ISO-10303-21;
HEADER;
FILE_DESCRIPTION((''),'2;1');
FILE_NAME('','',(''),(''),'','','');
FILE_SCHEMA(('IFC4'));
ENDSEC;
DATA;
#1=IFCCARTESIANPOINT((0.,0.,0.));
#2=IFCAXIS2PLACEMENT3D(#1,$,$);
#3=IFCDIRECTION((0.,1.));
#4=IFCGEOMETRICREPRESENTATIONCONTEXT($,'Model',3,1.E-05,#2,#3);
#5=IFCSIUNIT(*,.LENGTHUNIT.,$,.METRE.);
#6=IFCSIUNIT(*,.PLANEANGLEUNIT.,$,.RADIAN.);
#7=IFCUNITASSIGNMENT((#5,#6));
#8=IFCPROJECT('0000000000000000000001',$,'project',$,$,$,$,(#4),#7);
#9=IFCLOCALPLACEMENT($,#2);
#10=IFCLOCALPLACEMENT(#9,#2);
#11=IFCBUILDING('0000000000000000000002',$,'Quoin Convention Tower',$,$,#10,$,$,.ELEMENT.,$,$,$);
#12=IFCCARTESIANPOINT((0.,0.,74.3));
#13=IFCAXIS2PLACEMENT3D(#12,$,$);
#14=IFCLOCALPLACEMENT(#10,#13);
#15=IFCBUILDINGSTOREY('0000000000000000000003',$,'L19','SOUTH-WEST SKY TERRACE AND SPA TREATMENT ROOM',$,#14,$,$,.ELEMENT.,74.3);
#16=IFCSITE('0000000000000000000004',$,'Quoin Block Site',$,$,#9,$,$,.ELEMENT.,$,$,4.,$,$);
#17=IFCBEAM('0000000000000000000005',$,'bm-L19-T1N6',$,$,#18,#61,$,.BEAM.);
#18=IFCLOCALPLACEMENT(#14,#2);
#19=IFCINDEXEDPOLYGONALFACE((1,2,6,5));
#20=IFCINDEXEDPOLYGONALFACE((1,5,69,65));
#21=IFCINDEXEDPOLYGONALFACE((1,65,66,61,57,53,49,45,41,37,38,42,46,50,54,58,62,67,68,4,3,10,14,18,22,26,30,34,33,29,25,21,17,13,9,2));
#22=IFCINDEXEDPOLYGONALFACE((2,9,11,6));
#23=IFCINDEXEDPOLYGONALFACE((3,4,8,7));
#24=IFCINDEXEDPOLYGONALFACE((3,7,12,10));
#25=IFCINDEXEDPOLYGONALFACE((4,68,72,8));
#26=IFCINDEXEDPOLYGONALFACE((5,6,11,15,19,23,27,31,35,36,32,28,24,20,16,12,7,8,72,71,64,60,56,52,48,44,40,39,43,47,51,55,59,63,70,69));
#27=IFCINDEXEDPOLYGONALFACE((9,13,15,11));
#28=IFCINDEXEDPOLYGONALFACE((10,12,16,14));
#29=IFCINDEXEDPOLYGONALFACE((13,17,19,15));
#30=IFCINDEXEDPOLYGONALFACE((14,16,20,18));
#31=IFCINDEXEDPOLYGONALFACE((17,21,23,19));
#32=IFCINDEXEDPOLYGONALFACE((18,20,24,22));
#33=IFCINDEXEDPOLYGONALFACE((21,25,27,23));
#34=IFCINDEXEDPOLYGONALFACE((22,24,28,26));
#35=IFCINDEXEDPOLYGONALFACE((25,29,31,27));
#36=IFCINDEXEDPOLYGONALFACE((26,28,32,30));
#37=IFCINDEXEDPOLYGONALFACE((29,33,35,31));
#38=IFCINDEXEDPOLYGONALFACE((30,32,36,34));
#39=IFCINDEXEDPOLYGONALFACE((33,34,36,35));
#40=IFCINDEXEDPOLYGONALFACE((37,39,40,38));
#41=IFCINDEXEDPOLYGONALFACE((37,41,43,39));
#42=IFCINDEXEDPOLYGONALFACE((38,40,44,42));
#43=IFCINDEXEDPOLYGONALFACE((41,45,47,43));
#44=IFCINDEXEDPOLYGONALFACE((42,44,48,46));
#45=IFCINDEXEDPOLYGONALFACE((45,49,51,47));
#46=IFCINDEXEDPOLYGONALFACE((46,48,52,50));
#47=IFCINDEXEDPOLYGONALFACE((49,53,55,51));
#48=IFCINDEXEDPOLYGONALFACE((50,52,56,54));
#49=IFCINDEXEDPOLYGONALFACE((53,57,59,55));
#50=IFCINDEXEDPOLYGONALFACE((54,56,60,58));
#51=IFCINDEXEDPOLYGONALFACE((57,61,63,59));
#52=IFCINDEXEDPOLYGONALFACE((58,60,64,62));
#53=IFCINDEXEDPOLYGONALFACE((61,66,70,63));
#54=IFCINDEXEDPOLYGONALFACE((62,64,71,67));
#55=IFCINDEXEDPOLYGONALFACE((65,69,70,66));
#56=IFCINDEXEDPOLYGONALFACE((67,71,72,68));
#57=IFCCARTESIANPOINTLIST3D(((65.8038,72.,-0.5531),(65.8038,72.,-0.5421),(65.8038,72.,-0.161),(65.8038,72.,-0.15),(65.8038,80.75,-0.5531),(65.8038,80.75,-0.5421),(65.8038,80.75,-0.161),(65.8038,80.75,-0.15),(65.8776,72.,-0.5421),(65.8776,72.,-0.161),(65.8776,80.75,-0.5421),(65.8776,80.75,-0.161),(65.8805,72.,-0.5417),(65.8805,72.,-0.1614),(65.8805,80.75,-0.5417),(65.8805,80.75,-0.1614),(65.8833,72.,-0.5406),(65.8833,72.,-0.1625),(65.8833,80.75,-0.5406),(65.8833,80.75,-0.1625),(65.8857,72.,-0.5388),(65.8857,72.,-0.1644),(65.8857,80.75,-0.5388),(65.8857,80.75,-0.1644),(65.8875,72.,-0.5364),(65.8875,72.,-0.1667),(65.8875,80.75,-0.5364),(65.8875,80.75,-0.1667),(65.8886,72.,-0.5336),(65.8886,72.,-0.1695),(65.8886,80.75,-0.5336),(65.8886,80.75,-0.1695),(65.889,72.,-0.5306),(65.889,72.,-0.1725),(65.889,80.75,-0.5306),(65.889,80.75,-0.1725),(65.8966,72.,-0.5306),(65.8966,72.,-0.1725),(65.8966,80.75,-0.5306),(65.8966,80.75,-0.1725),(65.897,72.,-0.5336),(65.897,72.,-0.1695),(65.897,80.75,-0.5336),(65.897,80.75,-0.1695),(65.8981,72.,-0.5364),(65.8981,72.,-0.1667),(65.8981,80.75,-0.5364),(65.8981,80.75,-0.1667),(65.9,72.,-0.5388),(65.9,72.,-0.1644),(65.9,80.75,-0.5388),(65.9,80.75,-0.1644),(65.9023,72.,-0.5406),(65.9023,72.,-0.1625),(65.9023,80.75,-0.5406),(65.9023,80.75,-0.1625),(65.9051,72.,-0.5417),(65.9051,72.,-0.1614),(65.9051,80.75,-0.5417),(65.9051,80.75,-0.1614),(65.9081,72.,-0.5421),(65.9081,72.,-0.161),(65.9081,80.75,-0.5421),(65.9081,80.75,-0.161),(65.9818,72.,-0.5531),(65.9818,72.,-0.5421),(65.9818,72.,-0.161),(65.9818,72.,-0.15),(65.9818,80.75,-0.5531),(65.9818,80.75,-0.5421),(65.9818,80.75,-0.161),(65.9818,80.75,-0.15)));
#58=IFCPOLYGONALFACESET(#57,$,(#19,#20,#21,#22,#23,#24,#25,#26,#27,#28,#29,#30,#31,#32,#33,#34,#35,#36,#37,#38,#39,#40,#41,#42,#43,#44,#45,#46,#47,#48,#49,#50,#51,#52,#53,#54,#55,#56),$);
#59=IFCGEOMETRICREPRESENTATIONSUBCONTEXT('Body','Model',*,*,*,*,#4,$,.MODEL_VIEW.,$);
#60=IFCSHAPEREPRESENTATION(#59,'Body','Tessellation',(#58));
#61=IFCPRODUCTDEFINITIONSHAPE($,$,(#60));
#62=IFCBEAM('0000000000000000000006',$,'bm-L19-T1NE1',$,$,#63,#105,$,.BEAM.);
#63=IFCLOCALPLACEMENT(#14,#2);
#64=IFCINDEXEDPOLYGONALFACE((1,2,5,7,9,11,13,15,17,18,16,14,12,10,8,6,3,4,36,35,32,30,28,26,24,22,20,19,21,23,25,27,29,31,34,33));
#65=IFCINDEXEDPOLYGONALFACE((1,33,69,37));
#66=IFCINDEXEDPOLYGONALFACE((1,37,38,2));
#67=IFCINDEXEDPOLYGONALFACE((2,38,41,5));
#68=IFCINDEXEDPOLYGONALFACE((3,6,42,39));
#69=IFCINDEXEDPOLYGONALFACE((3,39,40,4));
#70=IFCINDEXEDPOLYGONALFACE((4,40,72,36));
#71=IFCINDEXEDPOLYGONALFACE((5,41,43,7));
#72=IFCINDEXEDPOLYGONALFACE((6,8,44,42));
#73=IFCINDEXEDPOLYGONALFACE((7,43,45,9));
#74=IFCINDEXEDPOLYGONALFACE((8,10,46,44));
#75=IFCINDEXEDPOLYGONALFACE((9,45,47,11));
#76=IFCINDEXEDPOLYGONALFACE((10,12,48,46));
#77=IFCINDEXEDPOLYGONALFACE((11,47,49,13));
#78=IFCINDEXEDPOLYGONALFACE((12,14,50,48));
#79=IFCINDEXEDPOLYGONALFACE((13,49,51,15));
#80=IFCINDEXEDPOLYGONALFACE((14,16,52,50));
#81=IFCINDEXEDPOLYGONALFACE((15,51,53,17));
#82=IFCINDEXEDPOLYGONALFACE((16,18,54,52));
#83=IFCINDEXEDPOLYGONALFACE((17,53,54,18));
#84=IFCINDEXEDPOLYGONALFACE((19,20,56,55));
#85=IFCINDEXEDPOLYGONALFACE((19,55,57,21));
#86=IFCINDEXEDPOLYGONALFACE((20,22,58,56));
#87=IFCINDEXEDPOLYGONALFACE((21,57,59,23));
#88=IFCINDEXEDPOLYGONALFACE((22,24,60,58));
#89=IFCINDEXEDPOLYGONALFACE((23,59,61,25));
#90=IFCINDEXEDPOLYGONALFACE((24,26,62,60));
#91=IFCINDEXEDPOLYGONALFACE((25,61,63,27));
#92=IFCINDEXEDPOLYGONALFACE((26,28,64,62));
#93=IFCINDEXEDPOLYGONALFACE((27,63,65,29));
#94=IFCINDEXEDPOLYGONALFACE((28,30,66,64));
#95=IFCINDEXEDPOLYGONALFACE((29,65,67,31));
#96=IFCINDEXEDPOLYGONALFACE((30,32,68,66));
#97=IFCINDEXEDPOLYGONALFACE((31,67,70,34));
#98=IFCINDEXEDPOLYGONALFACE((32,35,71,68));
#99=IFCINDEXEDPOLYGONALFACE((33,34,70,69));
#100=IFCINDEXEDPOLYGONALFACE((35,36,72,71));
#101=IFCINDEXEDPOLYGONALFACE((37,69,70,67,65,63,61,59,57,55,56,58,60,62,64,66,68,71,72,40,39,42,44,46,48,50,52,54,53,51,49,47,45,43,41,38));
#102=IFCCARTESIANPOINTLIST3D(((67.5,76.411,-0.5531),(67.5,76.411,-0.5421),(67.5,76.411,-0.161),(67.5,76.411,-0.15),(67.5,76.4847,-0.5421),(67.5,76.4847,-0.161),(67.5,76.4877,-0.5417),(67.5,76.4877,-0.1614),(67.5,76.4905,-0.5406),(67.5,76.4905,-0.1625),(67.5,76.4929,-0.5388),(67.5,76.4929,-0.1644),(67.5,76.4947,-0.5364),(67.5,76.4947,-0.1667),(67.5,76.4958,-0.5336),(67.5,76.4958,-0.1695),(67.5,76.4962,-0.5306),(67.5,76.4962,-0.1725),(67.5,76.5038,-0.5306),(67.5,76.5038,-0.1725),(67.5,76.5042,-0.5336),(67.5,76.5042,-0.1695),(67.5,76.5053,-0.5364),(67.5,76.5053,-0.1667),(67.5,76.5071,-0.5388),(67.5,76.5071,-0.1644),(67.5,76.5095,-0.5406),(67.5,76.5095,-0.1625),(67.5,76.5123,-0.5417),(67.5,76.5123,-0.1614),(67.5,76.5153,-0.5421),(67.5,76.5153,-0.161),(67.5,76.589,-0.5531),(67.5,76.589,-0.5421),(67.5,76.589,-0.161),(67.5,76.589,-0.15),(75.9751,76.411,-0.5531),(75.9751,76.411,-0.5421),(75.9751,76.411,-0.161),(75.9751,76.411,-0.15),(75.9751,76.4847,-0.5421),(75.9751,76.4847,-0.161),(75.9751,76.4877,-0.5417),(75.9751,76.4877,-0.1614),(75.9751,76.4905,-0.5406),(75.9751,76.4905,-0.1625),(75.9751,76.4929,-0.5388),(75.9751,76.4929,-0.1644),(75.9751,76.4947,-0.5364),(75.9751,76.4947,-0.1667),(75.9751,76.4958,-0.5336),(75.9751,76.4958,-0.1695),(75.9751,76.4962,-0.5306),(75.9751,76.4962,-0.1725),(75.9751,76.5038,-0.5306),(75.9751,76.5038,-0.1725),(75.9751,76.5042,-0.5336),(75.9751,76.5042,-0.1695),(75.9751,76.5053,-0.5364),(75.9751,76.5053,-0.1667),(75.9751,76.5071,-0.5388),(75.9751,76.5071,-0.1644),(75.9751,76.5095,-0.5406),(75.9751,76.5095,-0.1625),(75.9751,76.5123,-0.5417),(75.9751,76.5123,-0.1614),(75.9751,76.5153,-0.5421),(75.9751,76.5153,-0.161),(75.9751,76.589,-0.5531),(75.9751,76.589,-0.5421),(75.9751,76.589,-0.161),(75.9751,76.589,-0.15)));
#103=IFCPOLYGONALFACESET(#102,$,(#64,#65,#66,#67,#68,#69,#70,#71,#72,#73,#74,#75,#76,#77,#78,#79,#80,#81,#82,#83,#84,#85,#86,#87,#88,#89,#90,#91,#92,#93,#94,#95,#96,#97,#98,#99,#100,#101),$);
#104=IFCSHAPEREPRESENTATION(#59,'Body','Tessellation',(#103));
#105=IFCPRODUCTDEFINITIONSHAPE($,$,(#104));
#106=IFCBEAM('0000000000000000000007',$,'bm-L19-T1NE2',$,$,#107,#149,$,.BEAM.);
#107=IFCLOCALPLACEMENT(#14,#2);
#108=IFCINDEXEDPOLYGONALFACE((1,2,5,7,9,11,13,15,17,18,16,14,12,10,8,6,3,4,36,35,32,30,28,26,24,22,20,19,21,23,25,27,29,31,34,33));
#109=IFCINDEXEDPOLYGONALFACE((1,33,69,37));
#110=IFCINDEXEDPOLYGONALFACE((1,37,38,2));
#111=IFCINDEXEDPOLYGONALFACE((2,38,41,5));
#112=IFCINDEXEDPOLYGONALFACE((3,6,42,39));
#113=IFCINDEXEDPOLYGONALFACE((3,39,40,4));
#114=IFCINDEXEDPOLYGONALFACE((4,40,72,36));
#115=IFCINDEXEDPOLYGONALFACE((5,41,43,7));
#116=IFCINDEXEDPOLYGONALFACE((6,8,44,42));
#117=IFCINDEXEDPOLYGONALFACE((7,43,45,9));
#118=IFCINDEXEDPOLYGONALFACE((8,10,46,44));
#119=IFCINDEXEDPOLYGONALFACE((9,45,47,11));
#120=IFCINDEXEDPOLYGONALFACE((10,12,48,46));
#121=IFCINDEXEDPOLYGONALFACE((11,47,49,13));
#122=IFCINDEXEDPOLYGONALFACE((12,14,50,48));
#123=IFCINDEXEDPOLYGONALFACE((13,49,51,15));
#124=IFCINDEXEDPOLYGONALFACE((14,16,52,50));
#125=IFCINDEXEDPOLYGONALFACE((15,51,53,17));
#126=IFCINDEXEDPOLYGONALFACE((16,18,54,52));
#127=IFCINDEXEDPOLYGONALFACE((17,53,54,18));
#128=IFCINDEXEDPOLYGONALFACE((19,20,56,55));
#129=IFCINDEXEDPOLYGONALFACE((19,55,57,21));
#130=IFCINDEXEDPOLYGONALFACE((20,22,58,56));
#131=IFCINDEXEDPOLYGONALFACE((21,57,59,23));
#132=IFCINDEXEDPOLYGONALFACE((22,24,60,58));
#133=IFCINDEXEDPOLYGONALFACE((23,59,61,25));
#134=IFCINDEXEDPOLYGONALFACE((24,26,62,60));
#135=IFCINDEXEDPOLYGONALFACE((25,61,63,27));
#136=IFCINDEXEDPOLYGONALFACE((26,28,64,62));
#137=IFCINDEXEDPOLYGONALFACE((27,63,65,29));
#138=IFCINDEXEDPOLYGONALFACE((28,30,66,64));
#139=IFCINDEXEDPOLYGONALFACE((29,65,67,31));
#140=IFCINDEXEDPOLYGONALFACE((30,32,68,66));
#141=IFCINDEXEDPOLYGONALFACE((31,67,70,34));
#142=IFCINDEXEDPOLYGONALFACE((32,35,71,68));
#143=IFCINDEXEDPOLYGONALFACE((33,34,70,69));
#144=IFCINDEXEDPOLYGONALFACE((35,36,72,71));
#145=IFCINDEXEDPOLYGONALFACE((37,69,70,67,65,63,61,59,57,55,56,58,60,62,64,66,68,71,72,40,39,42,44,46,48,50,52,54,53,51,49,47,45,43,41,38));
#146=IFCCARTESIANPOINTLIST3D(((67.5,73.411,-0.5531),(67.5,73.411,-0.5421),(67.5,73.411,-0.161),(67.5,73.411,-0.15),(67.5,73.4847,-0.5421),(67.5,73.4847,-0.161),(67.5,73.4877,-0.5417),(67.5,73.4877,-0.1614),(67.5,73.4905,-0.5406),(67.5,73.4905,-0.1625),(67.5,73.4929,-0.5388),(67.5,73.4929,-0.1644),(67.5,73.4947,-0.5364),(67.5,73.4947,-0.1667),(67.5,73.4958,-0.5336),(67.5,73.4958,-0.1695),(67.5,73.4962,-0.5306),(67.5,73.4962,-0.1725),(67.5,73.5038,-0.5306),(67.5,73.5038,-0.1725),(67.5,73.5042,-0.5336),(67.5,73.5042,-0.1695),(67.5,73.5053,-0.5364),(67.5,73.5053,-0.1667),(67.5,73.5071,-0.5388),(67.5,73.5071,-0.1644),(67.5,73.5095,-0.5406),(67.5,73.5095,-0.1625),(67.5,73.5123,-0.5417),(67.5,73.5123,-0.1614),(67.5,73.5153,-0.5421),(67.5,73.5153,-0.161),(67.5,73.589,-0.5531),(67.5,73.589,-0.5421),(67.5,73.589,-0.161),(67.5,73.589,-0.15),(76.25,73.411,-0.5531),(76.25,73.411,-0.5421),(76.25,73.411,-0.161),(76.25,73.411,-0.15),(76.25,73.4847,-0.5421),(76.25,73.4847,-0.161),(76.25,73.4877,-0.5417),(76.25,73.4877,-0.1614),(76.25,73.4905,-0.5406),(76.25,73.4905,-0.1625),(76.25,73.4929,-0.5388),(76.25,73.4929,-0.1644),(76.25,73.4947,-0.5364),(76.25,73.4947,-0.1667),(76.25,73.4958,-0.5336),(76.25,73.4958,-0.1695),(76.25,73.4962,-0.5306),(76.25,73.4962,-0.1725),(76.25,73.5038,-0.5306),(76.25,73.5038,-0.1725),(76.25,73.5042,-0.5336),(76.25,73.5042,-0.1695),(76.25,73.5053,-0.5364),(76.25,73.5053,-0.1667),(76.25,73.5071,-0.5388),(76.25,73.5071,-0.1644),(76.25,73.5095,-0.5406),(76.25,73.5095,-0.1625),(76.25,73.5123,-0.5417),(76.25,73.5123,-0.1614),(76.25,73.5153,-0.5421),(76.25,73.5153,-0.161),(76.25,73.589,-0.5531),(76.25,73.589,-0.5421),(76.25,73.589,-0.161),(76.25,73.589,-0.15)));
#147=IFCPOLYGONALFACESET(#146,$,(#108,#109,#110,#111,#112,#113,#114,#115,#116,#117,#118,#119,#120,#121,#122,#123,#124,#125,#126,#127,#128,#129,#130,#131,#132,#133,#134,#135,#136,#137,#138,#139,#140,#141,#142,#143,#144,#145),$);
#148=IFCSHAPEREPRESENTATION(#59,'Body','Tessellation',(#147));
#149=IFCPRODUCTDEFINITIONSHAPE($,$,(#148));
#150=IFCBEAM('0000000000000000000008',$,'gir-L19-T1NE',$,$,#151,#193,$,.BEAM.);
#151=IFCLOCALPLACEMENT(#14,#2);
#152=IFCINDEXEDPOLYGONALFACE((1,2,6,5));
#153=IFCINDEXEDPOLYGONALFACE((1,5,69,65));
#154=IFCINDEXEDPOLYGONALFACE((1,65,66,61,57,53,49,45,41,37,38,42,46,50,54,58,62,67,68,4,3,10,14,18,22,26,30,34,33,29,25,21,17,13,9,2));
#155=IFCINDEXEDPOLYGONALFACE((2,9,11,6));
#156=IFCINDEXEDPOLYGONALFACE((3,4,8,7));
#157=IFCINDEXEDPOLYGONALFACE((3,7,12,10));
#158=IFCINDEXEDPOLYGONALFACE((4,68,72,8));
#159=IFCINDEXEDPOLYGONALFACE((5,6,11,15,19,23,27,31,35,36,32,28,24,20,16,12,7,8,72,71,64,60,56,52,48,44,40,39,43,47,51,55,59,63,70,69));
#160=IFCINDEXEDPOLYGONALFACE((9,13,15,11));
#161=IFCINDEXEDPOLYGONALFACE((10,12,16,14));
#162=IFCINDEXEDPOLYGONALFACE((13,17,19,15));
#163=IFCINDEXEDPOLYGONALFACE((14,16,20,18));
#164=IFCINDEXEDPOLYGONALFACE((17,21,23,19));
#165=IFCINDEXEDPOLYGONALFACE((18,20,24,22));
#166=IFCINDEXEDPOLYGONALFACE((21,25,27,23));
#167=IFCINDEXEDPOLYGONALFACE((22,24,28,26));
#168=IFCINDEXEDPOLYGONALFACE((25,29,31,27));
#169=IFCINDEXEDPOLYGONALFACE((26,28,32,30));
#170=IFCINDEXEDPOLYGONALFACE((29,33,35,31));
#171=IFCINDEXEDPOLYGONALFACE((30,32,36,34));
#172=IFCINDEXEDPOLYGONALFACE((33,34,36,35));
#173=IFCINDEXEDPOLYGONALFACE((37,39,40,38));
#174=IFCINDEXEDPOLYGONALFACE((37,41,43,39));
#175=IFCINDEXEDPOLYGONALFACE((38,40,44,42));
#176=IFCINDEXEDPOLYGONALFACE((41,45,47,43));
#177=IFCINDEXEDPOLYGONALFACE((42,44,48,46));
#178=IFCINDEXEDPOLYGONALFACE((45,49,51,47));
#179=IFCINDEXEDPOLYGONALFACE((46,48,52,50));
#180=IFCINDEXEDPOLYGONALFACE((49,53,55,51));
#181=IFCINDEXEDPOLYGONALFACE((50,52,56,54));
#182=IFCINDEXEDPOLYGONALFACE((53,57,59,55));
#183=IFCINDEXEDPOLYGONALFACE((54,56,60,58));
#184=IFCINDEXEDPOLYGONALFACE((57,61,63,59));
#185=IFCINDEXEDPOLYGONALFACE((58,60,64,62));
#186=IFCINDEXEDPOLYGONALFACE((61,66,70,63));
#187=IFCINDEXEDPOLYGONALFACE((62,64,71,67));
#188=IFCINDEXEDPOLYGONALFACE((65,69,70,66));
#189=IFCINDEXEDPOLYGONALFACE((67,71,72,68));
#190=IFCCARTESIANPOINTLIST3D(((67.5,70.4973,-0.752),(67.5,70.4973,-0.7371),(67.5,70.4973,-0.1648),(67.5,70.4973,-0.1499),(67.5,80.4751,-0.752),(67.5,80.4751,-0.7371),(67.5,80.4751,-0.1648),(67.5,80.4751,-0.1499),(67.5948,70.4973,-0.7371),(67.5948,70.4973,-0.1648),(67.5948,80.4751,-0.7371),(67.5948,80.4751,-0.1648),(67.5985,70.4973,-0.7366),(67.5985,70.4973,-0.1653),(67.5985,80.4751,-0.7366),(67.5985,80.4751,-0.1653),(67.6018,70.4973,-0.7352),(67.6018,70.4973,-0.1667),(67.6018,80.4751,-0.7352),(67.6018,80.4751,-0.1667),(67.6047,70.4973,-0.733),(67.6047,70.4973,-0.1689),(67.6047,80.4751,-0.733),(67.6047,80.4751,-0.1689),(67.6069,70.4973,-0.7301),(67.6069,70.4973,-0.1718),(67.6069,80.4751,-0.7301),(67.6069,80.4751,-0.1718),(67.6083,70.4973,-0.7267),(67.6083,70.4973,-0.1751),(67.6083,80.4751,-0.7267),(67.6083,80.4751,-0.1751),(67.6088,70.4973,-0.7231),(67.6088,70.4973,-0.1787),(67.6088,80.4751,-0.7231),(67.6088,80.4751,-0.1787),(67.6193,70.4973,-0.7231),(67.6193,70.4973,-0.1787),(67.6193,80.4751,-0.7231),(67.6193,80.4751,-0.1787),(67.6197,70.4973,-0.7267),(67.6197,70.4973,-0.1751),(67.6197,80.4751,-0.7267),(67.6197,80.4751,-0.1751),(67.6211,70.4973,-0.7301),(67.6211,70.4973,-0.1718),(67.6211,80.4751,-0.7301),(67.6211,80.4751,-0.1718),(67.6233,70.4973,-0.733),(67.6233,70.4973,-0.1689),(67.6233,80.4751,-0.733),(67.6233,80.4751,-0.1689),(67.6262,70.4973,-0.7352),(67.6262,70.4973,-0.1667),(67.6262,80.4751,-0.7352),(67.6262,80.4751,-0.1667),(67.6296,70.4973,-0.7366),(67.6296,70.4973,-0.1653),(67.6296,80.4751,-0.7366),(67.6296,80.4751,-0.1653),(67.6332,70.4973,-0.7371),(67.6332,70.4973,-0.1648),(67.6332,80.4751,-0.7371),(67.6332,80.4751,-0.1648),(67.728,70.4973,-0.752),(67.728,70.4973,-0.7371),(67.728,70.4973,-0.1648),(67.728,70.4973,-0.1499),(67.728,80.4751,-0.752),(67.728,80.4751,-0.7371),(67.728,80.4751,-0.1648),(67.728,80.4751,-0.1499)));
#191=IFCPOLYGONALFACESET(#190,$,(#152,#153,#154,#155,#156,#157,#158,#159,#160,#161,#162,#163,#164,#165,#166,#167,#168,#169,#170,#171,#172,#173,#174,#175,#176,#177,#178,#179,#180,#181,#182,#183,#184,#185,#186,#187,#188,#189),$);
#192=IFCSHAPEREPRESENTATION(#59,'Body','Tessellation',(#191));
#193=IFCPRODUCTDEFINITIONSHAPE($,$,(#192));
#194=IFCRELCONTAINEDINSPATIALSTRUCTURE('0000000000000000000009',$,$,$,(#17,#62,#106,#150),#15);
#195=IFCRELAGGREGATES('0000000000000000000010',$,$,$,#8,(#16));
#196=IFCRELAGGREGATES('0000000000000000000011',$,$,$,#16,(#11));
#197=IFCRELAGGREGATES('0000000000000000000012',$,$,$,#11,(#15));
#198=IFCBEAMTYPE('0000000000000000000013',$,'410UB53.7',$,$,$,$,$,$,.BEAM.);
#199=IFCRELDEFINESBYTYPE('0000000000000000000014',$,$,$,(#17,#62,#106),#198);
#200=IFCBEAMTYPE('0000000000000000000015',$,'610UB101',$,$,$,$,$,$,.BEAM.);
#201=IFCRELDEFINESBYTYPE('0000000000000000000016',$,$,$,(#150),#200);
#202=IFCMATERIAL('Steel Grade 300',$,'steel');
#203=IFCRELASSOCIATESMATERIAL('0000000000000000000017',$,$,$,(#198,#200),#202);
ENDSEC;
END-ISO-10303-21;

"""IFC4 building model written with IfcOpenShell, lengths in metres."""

from ifc_helpers import new_model, si_unit, direction, frame, origin, origin_2d, place, context, subcontext, project, spatial, i_section, extrude, material, material_profile, profile_set, type_object, element, save


model = new_model("IFC4")

# Units and contexts
model_context = context("Model", 3, precision=1e-05, world=origin(), true_north=direction((0.0, 1.0)))
body_context = subcontext(model_context, "Body", "Model", "MODEL_VIEW")
ifc_project = project(units=[si_unit("LENGTHUNIT", "METRE"), si_unit("PLANEANGLEUNIT", "RADIAN")], contexts=[model_context])

# Site, building, storey
site_placement = place(None, origin())
site = spatial("IfcSite", under=ifc_project, at=site_placement, Name="Quoin Block Site", CompositionType="ELEMENT", RefElevation=4.0)
building_placement = place(site_placement, origin())
building = spatial("IfcBuilding", under=site, at=building_placement, Name="Quoin Convention Tower", CompositionType="ELEMENT")
storey_placement = place(building_placement, frame((0.0, 0.0, 74.3)))
storey = spatial("IfcBuildingStorey", under=building, at=storey_placement, Name="L19", Description="SOUTH-WEST SKY TERRACE AND SPA TREATMENT ROOM", CompositionType="ELEMENT", Elevation=74.3)

# Beams
ifc_material_1 = material(Name="Steel Grade 300", Category="steel")
ifc_material_profile_1 = material_profile(ifc_material_1, i_section(OverallWidth=0.178, OverallDepth=0.4031, WebThickness=0.0076, FlangeThickness=0.011, FilletRadius=0.0115, at=origin_2d()), Name="410UB53.7")
ifc_profile_set_1 = profile_set([ifc_material_profile_1], Name="Steel Grade 300")
beam_type_1 = type_object("IfcBeamType", Name="410UB53.7", PredefinedType="BEAM", material=ifc_profile_set_1)
beam_1_placement = place(storey_placement, frame((65.8928, 72.0, -0.3516), z_axis=(0.0, 1.0, 0.0), x_axis=(-1.0, 0.0, 0.0)))
element("IfcBeam", 1, at=beam_1_placement, inside=storey, type_object=beam_type_1, Name="bm-L19-T1N6", PredefinedType="BEAM", context=body_context, shape_type="SweptSolid", body=[
    extrude(i_section(OverallWidth=0.178, OverallDepth=0.4031, WebThickness=0.0076, FlangeThickness=0.011, FilletRadius=0.0115, at=origin_2d()), origin(), (0.0, 0.0, 1.0), 8.75),
])
beam_2_placement = place(storey_placement, frame((67.5, 76.5, -0.3516), z_axis=(1.0, 0.0, 0.0), x_axis=(0.0, 1.0, 0.0)))
element("IfcBeam", 2, at=beam_2_placement, inside=storey, type_object=beam_type_1, Name="bm-L19-T1NE1", PredefinedType="BEAM", context=body_context, shape_type="SweptSolid", body=[
    extrude(i_section(OverallWidth=0.178, OverallDepth=0.4031, WebThickness=0.0076, FlangeThickness=0.011, FilletRadius=0.0115, at=origin_2d()), origin(), (0.0, 0.0, 1.0), 8.4751),
])
beam_3_placement = place(storey_placement, frame((67.5, 73.5, -0.3516), z_axis=(1.0, 0.0, 0.0), x_axis=(0.0, 1.0, 0.0)))
element("IfcBeam", 3, at=beam_3_placement, inside=storey, type_object=beam_type_1, Name="bm-L19-T1NE2", PredefinedType="BEAM", context=body_context, shape_type="SweptSolid", body=[
    extrude(i_section(OverallWidth=0.178, OverallDepth=0.4031, WebThickness=0.0076, FlangeThickness=0.011, FilletRadius=0.0115, at=origin_2d()), origin(), (0.0, 0.0, 1.0), 8.75),
])
ifc_material_profile_2 = material_profile(ifc_material_1, i_section(OverallWidth=0.228, OverallDepth=0.6021, WebThickness=0.0105, FlangeThickness=0.0149, FilletRadius=0.0139, at=origin_2d()), Name="610UB101")
ifc_profile_set_2 = profile_set([ifc_material_profile_2], Name="Steel Grade 300")
beam_type_2 = type_object("IfcBeamType", Name="610UB101", PredefinedType="BEAM", material=ifc_profile_set_2)
beam_4_placement = place(storey_placement, frame((67.614, 80.4751, -0.4509), z_axis=(0.0, -1.0, 0.0), x_axis=(1.0, 0.0, 0.0)))
element("IfcBeam", 4, at=beam_4_placement, inside=storey, type_object=beam_type_2, Name="gir-L19-T1NE", PredefinedType="BEAM", context=body_context, shape_type="SweptSolid", body=[
    extrude(i_section(OverallWidth=0.228, OverallDepth=0.6021, WebThickness=0.0105, FlangeThickness=0.0149, FilletRadius=0.0139, at=origin_2d()), origin(), (0.0, 0.0, 1.0), 9.9778),
])

save(model, "model.ifc")
